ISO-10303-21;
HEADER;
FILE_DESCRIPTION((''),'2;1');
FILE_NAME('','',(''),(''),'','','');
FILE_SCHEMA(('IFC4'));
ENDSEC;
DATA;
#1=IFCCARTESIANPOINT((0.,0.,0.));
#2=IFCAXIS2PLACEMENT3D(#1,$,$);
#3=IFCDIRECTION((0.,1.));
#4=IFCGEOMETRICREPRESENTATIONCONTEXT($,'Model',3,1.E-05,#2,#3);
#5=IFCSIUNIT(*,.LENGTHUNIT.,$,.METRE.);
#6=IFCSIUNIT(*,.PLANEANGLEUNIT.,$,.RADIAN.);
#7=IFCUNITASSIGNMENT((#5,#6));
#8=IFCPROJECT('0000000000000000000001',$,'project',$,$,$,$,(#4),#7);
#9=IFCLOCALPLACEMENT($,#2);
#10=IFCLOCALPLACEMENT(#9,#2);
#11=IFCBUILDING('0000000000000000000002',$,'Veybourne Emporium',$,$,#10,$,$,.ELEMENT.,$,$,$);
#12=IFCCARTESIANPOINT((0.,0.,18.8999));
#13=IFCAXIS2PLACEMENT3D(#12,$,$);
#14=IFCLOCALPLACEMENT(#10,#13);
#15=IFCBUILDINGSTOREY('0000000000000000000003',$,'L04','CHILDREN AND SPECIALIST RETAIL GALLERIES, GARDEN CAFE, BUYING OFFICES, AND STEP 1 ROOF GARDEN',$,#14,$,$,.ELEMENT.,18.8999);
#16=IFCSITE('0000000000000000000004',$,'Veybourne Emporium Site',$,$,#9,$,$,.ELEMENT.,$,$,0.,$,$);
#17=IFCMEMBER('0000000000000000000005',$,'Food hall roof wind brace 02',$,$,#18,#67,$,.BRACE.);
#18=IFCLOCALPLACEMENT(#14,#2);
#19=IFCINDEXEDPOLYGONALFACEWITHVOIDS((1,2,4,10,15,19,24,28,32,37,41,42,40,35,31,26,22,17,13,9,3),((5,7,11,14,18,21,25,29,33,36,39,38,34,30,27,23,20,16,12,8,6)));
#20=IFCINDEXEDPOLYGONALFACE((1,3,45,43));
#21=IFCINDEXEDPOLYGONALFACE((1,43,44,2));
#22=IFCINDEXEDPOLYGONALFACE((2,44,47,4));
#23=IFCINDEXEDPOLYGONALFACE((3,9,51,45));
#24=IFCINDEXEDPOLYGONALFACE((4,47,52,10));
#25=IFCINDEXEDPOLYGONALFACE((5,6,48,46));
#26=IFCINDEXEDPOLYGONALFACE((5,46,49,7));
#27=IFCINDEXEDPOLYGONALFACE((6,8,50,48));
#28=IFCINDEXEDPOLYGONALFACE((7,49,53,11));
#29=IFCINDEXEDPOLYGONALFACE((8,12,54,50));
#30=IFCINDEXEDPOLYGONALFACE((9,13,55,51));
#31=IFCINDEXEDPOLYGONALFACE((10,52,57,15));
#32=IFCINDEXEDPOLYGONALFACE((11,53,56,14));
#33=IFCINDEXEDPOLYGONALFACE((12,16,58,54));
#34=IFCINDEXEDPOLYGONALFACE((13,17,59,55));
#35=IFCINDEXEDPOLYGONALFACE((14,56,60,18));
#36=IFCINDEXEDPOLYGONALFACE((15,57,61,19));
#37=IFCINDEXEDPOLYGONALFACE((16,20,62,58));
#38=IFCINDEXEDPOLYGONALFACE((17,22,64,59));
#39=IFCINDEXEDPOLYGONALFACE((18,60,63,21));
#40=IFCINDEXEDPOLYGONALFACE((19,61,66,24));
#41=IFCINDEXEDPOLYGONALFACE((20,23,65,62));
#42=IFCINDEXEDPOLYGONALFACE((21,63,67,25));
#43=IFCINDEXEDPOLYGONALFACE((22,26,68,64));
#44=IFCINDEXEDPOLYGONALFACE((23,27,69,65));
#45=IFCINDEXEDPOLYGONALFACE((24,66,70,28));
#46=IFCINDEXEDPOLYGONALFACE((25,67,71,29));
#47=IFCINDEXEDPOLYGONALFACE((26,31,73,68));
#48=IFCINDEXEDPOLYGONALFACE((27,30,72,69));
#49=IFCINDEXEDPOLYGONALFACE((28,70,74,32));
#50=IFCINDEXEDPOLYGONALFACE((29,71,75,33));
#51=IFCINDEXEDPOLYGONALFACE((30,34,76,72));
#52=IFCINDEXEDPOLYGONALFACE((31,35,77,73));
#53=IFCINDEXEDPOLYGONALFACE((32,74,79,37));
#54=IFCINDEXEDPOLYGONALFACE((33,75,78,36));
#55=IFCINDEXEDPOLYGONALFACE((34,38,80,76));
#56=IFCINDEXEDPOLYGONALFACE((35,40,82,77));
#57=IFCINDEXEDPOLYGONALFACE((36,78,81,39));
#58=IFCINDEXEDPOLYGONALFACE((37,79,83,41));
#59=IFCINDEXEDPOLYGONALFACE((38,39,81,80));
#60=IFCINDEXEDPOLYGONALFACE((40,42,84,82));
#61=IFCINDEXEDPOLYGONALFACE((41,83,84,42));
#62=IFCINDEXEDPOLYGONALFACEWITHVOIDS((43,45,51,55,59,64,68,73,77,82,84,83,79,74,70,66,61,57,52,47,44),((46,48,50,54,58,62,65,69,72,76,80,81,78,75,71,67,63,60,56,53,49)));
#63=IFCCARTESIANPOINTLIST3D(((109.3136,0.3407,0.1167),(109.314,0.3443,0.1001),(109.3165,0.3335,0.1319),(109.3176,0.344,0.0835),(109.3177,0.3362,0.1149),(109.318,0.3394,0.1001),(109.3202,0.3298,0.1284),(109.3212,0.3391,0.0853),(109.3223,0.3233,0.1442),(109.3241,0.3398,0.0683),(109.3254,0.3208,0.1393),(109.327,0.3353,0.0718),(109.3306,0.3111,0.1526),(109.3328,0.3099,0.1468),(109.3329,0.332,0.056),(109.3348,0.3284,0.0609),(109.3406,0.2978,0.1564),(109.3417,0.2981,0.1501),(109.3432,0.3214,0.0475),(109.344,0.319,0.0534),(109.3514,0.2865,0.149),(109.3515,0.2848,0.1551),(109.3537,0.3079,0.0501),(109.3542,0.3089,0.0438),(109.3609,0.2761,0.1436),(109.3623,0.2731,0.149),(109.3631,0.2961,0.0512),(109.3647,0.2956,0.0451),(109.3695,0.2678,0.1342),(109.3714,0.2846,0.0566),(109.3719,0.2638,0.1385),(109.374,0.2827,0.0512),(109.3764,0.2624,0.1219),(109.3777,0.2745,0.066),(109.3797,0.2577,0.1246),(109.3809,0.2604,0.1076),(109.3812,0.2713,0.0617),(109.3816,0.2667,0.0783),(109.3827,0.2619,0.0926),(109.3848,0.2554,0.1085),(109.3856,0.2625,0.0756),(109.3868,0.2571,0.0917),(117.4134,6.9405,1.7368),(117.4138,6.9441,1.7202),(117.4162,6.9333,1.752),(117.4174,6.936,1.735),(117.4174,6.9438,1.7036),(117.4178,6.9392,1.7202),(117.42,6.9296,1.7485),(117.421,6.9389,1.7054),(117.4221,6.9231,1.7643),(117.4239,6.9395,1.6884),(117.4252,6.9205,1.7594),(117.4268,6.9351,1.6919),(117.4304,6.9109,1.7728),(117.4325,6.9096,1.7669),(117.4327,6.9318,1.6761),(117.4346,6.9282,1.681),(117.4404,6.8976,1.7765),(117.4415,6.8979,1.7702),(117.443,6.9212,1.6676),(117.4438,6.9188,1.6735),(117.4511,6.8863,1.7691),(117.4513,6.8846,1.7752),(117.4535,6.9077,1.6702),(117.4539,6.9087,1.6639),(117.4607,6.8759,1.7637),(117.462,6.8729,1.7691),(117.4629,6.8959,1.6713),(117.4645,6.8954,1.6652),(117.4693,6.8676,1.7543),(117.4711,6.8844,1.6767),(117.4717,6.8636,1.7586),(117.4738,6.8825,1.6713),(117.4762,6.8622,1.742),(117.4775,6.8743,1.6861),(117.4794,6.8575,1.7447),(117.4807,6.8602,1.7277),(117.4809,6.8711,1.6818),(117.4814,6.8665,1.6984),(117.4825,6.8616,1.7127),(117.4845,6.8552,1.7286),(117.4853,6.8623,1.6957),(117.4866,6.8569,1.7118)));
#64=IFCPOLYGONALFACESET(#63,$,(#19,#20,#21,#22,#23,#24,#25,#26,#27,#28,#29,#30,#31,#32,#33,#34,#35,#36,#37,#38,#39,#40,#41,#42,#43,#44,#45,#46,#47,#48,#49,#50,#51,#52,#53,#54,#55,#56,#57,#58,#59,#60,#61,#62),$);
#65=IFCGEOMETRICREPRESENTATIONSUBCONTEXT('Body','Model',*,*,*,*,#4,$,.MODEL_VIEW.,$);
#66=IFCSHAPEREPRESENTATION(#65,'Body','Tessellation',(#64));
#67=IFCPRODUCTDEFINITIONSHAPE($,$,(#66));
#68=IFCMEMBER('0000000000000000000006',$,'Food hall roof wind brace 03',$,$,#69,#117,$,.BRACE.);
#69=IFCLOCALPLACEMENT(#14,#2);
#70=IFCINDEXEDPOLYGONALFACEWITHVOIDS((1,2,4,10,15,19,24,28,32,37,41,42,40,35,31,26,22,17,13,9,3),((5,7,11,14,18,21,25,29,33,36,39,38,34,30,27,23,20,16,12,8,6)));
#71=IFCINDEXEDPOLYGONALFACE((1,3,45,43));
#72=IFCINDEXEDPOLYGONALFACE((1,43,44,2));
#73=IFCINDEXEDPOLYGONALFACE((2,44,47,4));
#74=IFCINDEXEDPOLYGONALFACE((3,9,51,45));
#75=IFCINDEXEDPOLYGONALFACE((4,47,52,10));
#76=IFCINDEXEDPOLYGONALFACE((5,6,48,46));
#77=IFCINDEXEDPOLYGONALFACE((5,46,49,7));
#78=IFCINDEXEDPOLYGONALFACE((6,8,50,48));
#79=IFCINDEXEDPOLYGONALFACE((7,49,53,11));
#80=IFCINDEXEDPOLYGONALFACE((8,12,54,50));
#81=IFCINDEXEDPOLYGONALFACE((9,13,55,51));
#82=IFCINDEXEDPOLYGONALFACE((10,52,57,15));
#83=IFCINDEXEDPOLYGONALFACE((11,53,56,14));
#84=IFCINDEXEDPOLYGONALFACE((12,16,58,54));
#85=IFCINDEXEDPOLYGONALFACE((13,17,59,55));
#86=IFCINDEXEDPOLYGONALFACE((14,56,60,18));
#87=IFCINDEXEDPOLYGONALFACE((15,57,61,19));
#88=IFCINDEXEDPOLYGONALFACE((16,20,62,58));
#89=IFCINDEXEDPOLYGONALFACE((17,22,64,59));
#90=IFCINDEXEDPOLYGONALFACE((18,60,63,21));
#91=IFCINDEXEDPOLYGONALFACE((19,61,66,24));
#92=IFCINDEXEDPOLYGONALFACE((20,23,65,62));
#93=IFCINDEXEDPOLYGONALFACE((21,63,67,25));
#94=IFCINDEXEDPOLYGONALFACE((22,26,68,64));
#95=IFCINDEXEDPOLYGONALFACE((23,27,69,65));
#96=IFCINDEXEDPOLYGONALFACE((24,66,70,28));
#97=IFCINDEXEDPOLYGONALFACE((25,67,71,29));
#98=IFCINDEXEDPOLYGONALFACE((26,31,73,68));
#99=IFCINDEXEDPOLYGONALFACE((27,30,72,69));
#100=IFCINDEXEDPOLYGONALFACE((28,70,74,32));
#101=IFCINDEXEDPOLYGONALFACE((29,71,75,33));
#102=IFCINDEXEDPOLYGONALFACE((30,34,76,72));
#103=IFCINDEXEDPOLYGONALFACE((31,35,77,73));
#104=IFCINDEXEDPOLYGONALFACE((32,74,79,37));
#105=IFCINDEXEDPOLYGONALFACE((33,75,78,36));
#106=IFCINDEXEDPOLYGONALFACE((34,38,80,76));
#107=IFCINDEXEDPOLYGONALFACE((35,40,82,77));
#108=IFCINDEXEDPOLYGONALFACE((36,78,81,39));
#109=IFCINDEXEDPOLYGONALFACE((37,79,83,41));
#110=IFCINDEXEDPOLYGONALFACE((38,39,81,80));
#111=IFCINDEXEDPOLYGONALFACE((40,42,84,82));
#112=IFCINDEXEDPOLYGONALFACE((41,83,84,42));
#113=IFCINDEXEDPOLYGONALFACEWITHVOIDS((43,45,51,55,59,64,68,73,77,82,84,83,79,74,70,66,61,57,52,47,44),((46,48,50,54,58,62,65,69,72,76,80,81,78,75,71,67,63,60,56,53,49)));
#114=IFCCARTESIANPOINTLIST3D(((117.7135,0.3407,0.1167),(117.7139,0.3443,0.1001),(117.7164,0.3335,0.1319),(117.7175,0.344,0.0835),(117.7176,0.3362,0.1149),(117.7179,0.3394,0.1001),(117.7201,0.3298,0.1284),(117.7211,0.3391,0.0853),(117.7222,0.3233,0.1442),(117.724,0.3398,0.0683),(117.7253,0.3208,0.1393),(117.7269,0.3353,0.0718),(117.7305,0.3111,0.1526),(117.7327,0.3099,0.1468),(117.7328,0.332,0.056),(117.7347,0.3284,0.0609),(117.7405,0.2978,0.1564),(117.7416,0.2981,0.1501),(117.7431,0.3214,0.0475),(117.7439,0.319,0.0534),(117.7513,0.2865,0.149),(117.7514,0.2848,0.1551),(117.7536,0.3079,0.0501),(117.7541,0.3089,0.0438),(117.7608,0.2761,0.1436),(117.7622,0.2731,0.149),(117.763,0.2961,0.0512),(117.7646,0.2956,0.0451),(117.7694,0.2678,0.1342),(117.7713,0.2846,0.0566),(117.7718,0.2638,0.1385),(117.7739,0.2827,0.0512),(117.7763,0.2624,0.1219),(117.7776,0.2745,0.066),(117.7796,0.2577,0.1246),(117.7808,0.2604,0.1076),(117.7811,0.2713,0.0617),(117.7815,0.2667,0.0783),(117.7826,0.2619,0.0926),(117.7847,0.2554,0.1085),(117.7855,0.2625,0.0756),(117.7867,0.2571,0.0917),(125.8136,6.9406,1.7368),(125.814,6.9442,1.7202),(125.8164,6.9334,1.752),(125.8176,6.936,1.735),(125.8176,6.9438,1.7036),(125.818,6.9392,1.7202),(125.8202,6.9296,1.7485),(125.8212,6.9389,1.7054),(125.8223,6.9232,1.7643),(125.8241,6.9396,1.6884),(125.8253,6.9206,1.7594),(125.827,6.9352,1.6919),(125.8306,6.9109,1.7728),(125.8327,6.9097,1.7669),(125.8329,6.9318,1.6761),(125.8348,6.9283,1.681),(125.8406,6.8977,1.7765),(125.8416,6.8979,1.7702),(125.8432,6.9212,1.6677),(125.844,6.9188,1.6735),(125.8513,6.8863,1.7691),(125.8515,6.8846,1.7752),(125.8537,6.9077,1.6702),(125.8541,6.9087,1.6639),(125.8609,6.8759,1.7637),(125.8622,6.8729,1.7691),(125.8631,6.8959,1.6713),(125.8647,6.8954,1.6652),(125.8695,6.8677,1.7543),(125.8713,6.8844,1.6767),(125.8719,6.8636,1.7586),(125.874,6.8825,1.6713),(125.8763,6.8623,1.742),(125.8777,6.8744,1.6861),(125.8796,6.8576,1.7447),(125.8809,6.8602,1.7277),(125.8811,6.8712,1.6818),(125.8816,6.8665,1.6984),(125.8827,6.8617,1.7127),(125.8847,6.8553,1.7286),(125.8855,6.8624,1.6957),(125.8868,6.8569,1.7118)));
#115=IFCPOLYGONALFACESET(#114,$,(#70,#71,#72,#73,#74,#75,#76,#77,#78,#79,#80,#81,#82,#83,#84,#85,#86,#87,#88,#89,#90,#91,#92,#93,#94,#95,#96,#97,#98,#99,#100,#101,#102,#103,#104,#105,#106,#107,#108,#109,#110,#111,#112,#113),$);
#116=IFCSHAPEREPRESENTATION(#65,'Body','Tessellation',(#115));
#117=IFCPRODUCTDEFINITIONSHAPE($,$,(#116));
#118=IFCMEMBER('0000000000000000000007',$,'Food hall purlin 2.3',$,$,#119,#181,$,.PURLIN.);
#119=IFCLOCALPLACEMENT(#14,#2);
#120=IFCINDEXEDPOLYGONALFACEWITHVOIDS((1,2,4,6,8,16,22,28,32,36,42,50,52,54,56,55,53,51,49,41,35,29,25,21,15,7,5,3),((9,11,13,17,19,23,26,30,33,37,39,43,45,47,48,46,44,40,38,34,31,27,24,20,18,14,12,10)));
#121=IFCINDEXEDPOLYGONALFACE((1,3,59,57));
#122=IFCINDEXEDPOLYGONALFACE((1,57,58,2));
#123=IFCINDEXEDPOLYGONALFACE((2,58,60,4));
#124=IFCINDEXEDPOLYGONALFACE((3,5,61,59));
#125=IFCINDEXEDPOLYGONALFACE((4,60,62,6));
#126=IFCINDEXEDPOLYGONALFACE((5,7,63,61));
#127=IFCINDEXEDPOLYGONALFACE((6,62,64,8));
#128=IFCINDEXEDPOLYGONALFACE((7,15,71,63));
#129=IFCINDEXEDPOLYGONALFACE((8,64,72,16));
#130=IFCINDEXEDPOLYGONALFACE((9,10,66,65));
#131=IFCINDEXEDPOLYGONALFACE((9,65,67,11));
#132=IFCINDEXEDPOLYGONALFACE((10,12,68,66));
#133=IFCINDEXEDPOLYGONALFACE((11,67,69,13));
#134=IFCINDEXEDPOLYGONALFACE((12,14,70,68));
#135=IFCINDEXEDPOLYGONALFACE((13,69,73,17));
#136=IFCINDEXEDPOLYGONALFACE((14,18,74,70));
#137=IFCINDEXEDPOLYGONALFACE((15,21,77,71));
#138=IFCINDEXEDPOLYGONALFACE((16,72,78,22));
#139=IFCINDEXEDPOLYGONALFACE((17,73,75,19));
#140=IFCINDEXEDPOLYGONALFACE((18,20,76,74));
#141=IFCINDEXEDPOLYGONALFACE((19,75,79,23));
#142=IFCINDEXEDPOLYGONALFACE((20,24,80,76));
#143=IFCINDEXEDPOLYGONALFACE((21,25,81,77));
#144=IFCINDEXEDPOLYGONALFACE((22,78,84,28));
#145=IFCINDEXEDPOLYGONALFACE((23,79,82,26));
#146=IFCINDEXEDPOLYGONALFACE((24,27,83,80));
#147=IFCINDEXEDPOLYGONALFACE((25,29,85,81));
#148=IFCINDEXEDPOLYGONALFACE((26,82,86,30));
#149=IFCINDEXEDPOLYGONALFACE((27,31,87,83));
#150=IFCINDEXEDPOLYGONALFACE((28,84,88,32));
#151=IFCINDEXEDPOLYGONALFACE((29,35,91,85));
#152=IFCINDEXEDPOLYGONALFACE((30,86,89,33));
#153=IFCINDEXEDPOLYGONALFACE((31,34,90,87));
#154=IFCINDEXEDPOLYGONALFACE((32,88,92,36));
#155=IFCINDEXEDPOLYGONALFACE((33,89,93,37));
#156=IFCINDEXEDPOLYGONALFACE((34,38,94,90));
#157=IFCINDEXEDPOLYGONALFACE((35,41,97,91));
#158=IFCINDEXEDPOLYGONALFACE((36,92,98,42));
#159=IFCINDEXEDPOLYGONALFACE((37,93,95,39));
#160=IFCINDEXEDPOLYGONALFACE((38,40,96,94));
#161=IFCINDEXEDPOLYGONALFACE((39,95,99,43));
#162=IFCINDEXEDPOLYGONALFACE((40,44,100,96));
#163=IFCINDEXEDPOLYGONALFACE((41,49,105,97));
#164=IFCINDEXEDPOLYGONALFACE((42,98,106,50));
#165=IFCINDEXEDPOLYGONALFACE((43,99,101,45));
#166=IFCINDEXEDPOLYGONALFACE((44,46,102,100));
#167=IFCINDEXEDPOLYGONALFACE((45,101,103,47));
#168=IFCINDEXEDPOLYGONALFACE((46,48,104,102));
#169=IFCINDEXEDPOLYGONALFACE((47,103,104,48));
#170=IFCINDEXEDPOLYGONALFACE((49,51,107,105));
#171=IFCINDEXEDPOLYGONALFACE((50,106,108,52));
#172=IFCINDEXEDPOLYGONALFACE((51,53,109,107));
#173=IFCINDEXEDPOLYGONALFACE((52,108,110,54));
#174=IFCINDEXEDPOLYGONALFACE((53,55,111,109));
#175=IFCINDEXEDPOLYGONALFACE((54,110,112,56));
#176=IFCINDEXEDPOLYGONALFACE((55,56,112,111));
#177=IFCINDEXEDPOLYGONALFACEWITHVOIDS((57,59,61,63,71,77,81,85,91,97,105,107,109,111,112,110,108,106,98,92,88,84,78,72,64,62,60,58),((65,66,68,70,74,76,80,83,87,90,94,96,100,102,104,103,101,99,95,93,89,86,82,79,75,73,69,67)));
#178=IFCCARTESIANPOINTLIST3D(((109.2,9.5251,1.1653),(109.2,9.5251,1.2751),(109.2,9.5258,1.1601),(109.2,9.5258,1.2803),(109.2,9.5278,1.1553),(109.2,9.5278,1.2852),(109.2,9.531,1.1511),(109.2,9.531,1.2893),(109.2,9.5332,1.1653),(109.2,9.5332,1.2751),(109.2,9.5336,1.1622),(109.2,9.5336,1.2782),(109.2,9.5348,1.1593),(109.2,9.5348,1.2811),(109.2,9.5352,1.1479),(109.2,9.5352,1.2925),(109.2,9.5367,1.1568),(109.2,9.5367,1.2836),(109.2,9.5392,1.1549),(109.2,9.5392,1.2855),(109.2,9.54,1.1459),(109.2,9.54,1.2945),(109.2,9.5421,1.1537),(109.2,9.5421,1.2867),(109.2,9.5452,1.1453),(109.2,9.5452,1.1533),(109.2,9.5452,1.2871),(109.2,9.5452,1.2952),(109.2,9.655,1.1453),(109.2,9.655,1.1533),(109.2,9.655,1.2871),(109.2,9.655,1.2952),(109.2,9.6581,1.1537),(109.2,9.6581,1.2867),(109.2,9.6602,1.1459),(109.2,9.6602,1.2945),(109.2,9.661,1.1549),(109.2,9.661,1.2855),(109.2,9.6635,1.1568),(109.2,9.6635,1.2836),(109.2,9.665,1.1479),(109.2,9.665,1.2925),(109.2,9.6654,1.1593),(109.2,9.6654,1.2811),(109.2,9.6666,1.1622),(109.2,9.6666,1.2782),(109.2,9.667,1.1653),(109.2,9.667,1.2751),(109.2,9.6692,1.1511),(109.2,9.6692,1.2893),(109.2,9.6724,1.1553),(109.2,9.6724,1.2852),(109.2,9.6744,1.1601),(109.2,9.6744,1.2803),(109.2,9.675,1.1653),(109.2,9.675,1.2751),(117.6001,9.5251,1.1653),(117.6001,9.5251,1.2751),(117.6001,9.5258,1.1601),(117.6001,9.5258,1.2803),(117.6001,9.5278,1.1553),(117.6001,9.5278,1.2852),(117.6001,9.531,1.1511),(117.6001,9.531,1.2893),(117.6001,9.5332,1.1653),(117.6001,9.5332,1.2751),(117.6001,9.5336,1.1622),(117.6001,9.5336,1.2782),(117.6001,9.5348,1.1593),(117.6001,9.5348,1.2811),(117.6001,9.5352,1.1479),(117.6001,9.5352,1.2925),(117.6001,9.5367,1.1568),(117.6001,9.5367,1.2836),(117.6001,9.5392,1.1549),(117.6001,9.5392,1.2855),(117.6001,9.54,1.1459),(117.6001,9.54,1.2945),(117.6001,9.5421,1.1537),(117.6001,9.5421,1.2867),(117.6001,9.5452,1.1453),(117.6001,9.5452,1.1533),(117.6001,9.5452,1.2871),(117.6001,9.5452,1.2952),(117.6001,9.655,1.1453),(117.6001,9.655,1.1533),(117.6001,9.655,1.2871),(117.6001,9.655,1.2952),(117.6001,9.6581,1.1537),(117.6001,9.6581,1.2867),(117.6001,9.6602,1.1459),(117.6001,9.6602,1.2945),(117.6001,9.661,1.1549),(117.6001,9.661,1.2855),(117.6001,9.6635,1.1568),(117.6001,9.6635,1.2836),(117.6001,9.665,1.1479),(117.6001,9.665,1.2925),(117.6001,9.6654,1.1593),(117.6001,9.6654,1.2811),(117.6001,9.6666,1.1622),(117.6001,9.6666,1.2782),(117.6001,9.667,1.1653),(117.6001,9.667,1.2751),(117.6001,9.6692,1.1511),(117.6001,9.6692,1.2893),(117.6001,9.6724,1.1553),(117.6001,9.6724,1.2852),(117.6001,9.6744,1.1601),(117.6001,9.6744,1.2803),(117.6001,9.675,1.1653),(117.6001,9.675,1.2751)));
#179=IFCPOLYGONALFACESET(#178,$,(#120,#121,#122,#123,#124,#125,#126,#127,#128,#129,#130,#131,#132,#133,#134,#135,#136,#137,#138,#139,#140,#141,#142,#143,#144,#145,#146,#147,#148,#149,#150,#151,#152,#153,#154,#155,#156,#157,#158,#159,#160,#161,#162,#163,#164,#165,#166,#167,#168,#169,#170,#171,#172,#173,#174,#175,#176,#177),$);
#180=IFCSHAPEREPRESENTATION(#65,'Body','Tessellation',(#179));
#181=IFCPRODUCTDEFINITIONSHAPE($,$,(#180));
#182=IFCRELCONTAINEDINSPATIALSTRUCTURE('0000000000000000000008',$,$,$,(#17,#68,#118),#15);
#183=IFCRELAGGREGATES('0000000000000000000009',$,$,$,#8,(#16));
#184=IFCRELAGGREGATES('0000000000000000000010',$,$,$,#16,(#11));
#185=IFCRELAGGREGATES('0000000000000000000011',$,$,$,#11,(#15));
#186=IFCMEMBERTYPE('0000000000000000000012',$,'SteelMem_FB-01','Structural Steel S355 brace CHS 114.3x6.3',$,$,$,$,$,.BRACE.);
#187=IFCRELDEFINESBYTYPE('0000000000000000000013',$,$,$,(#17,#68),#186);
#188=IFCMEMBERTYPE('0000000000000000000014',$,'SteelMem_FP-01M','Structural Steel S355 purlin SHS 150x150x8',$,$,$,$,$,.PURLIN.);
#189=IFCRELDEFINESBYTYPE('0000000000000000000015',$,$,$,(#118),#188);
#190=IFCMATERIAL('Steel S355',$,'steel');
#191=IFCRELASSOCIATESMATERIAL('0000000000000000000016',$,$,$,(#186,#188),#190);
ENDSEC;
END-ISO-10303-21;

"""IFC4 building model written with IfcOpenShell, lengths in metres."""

from ifc_helpers import new_model, si_unit, direction, frame, origin, origin_2d, place, context, subcontext, project, spatial, hollow_rectangle, hollow_circle, extrude, material, material_profile, profile_set, type_object, element, save


model = new_model("IFC4")

# Units and contexts
model_context = context("Model", 3, precision=1e-05, world=origin(), true_north=direction((0.0, 1.0)))
body_context = subcontext(model_context, "Body", "Model", "MODEL_VIEW")
ifc_project = project(units=[si_unit("LENGTHUNIT", "METRE"), si_unit("PLANEANGLEUNIT", "RADIAN")], contexts=[model_context])

# Site, building, storey
site_placement = place(None, origin())
site = spatial("IfcSite", under=ifc_project, at=site_placement, Name="Veybourne Emporium Site", CompositionType="ELEMENT", RefElevation=0.0)
building_placement = place(site_placement, origin())
building = spatial("IfcBuilding", under=site, at=building_placement, Name="Veybourne Emporium", CompositionType="ELEMENT")
storey_placement = place(building_placement, frame((0.0, 0.0, 18.8999)))
storey = spatial("IfcBuildingStorey", under=building, at=storey_placement, Name="L04", Description="CHILDREN AND SPECIALIST RETAIL GALLERIES, GARDEN CAFE, BUYING OFFICES, AND STEP 1 ROOF GARDEN", CompositionType="ELEMENT", Elevation=18.8999)

# Shared definitions
ifc_material_1 = material(Name="Steel S355", Category="steel")

# Members
ifc_material_profile_1 = material_profile(ifc_material_1, hollow_circle(Radius=0.0571, WallThickness=0.0063, at=origin_2d()), Name="CHS 114.3x6.3")
ifc_profile_set_1 = profile_set([ifc_material_profile_1], Name="Steel S355")
member_type_1 = type_object("IfcMemberType", Name="SteelMem_FB-01", Description="Structural Steel S355 brace CHS 114.3x6.3", PredefinedType="BRACE", material=ifc_profile_set_1)
member_1_placement = place(storey_placement, frame((109.3501, 0.3, 0.1001), z_axis=(0.766081, 0.624212, 0.15323), x_axis=(-0.631671, 0.775236, 0.0)))
element("IfcMember", 1, at=member_1_placement, inside=storey, type_object=member_type_1, Name="Food hall roof wind brace 02", PredefinedType="BRACE", context=body_context, shape_type="SweptSolid", body=[
    extrude(hollow_circle(Radius=0.0571, WallThickness=0.0063, at=origin_2d()), origin(), (0.0, 0.0, 1.0), 10.573),
])
member_2_placement = place(storey_placement, frame((117.75, 0.3, 0.1001), z_axis=(0.766091, 0.624201, 0.153227), x_axis=(-0.63166, 0.775246, 0.0)))
element("IfcMember", 2, at=member_2_placement, inside=storey, type_object=member_type_1, Name="Food hall roof wind brace 03", PredefinedType="BRACE", context=body_context, shape_type="SweptSolid", body=[
    extrude(hollow_circle(Radius=0.0571, WallThickness=0.0063, at=origin_2d()), origin(), (0.0, 0.0, 1.0), 10.5732),
])
ifc_material_profile_2 = material_profile(ifc_material_1, hollow_rectangle(XDim=0.1499, YDim=0.1499, WallThickness=0.0081, InnerFilletRadius=0.012, OuterFilletRadius=0.02, at=origin_2d()), Name="SHS 150x150x8")
ifc_profile_set_2 = profile_set([ifc_material_profile_2], Name="Steel S355")
member_type_2 = type_object("IfcMemberType", Name="SteelMem_FP-01M", Description="Structural Steel S355 purlin SHS 150x150x8", PredefinedType="PURLIN", material=ifc_profile_set_2)
for number, where, z_axis, x_axis, name in (
    (3, (109.2, 9.6001, 1.2202), (1.0, 0.0, 0.0), (0.0, 1.0, 0.0), "Food hall purlin 2.3"),
):
    element("IfcMember", number, at=place(storey_placement, frame(where, z_axis=z_axis, x_axis=x_axis)), inside=storey, type_object=member_type_2, Name=name, PredefinedType="PURLIN", context=body_context, shape_type="SweptSolid", body=[
        extrude(hollow_rectangle(XDim=0.1499, YDim=0.1499, WallThickness=0.0081, InnerFilletRadius=0.012, OuterFilletRadius=0.02, at=origin_2d()), origin(), (0.0, 0.0, 1.0), 8.4001),
    ])

save(model, "model.ifc")
